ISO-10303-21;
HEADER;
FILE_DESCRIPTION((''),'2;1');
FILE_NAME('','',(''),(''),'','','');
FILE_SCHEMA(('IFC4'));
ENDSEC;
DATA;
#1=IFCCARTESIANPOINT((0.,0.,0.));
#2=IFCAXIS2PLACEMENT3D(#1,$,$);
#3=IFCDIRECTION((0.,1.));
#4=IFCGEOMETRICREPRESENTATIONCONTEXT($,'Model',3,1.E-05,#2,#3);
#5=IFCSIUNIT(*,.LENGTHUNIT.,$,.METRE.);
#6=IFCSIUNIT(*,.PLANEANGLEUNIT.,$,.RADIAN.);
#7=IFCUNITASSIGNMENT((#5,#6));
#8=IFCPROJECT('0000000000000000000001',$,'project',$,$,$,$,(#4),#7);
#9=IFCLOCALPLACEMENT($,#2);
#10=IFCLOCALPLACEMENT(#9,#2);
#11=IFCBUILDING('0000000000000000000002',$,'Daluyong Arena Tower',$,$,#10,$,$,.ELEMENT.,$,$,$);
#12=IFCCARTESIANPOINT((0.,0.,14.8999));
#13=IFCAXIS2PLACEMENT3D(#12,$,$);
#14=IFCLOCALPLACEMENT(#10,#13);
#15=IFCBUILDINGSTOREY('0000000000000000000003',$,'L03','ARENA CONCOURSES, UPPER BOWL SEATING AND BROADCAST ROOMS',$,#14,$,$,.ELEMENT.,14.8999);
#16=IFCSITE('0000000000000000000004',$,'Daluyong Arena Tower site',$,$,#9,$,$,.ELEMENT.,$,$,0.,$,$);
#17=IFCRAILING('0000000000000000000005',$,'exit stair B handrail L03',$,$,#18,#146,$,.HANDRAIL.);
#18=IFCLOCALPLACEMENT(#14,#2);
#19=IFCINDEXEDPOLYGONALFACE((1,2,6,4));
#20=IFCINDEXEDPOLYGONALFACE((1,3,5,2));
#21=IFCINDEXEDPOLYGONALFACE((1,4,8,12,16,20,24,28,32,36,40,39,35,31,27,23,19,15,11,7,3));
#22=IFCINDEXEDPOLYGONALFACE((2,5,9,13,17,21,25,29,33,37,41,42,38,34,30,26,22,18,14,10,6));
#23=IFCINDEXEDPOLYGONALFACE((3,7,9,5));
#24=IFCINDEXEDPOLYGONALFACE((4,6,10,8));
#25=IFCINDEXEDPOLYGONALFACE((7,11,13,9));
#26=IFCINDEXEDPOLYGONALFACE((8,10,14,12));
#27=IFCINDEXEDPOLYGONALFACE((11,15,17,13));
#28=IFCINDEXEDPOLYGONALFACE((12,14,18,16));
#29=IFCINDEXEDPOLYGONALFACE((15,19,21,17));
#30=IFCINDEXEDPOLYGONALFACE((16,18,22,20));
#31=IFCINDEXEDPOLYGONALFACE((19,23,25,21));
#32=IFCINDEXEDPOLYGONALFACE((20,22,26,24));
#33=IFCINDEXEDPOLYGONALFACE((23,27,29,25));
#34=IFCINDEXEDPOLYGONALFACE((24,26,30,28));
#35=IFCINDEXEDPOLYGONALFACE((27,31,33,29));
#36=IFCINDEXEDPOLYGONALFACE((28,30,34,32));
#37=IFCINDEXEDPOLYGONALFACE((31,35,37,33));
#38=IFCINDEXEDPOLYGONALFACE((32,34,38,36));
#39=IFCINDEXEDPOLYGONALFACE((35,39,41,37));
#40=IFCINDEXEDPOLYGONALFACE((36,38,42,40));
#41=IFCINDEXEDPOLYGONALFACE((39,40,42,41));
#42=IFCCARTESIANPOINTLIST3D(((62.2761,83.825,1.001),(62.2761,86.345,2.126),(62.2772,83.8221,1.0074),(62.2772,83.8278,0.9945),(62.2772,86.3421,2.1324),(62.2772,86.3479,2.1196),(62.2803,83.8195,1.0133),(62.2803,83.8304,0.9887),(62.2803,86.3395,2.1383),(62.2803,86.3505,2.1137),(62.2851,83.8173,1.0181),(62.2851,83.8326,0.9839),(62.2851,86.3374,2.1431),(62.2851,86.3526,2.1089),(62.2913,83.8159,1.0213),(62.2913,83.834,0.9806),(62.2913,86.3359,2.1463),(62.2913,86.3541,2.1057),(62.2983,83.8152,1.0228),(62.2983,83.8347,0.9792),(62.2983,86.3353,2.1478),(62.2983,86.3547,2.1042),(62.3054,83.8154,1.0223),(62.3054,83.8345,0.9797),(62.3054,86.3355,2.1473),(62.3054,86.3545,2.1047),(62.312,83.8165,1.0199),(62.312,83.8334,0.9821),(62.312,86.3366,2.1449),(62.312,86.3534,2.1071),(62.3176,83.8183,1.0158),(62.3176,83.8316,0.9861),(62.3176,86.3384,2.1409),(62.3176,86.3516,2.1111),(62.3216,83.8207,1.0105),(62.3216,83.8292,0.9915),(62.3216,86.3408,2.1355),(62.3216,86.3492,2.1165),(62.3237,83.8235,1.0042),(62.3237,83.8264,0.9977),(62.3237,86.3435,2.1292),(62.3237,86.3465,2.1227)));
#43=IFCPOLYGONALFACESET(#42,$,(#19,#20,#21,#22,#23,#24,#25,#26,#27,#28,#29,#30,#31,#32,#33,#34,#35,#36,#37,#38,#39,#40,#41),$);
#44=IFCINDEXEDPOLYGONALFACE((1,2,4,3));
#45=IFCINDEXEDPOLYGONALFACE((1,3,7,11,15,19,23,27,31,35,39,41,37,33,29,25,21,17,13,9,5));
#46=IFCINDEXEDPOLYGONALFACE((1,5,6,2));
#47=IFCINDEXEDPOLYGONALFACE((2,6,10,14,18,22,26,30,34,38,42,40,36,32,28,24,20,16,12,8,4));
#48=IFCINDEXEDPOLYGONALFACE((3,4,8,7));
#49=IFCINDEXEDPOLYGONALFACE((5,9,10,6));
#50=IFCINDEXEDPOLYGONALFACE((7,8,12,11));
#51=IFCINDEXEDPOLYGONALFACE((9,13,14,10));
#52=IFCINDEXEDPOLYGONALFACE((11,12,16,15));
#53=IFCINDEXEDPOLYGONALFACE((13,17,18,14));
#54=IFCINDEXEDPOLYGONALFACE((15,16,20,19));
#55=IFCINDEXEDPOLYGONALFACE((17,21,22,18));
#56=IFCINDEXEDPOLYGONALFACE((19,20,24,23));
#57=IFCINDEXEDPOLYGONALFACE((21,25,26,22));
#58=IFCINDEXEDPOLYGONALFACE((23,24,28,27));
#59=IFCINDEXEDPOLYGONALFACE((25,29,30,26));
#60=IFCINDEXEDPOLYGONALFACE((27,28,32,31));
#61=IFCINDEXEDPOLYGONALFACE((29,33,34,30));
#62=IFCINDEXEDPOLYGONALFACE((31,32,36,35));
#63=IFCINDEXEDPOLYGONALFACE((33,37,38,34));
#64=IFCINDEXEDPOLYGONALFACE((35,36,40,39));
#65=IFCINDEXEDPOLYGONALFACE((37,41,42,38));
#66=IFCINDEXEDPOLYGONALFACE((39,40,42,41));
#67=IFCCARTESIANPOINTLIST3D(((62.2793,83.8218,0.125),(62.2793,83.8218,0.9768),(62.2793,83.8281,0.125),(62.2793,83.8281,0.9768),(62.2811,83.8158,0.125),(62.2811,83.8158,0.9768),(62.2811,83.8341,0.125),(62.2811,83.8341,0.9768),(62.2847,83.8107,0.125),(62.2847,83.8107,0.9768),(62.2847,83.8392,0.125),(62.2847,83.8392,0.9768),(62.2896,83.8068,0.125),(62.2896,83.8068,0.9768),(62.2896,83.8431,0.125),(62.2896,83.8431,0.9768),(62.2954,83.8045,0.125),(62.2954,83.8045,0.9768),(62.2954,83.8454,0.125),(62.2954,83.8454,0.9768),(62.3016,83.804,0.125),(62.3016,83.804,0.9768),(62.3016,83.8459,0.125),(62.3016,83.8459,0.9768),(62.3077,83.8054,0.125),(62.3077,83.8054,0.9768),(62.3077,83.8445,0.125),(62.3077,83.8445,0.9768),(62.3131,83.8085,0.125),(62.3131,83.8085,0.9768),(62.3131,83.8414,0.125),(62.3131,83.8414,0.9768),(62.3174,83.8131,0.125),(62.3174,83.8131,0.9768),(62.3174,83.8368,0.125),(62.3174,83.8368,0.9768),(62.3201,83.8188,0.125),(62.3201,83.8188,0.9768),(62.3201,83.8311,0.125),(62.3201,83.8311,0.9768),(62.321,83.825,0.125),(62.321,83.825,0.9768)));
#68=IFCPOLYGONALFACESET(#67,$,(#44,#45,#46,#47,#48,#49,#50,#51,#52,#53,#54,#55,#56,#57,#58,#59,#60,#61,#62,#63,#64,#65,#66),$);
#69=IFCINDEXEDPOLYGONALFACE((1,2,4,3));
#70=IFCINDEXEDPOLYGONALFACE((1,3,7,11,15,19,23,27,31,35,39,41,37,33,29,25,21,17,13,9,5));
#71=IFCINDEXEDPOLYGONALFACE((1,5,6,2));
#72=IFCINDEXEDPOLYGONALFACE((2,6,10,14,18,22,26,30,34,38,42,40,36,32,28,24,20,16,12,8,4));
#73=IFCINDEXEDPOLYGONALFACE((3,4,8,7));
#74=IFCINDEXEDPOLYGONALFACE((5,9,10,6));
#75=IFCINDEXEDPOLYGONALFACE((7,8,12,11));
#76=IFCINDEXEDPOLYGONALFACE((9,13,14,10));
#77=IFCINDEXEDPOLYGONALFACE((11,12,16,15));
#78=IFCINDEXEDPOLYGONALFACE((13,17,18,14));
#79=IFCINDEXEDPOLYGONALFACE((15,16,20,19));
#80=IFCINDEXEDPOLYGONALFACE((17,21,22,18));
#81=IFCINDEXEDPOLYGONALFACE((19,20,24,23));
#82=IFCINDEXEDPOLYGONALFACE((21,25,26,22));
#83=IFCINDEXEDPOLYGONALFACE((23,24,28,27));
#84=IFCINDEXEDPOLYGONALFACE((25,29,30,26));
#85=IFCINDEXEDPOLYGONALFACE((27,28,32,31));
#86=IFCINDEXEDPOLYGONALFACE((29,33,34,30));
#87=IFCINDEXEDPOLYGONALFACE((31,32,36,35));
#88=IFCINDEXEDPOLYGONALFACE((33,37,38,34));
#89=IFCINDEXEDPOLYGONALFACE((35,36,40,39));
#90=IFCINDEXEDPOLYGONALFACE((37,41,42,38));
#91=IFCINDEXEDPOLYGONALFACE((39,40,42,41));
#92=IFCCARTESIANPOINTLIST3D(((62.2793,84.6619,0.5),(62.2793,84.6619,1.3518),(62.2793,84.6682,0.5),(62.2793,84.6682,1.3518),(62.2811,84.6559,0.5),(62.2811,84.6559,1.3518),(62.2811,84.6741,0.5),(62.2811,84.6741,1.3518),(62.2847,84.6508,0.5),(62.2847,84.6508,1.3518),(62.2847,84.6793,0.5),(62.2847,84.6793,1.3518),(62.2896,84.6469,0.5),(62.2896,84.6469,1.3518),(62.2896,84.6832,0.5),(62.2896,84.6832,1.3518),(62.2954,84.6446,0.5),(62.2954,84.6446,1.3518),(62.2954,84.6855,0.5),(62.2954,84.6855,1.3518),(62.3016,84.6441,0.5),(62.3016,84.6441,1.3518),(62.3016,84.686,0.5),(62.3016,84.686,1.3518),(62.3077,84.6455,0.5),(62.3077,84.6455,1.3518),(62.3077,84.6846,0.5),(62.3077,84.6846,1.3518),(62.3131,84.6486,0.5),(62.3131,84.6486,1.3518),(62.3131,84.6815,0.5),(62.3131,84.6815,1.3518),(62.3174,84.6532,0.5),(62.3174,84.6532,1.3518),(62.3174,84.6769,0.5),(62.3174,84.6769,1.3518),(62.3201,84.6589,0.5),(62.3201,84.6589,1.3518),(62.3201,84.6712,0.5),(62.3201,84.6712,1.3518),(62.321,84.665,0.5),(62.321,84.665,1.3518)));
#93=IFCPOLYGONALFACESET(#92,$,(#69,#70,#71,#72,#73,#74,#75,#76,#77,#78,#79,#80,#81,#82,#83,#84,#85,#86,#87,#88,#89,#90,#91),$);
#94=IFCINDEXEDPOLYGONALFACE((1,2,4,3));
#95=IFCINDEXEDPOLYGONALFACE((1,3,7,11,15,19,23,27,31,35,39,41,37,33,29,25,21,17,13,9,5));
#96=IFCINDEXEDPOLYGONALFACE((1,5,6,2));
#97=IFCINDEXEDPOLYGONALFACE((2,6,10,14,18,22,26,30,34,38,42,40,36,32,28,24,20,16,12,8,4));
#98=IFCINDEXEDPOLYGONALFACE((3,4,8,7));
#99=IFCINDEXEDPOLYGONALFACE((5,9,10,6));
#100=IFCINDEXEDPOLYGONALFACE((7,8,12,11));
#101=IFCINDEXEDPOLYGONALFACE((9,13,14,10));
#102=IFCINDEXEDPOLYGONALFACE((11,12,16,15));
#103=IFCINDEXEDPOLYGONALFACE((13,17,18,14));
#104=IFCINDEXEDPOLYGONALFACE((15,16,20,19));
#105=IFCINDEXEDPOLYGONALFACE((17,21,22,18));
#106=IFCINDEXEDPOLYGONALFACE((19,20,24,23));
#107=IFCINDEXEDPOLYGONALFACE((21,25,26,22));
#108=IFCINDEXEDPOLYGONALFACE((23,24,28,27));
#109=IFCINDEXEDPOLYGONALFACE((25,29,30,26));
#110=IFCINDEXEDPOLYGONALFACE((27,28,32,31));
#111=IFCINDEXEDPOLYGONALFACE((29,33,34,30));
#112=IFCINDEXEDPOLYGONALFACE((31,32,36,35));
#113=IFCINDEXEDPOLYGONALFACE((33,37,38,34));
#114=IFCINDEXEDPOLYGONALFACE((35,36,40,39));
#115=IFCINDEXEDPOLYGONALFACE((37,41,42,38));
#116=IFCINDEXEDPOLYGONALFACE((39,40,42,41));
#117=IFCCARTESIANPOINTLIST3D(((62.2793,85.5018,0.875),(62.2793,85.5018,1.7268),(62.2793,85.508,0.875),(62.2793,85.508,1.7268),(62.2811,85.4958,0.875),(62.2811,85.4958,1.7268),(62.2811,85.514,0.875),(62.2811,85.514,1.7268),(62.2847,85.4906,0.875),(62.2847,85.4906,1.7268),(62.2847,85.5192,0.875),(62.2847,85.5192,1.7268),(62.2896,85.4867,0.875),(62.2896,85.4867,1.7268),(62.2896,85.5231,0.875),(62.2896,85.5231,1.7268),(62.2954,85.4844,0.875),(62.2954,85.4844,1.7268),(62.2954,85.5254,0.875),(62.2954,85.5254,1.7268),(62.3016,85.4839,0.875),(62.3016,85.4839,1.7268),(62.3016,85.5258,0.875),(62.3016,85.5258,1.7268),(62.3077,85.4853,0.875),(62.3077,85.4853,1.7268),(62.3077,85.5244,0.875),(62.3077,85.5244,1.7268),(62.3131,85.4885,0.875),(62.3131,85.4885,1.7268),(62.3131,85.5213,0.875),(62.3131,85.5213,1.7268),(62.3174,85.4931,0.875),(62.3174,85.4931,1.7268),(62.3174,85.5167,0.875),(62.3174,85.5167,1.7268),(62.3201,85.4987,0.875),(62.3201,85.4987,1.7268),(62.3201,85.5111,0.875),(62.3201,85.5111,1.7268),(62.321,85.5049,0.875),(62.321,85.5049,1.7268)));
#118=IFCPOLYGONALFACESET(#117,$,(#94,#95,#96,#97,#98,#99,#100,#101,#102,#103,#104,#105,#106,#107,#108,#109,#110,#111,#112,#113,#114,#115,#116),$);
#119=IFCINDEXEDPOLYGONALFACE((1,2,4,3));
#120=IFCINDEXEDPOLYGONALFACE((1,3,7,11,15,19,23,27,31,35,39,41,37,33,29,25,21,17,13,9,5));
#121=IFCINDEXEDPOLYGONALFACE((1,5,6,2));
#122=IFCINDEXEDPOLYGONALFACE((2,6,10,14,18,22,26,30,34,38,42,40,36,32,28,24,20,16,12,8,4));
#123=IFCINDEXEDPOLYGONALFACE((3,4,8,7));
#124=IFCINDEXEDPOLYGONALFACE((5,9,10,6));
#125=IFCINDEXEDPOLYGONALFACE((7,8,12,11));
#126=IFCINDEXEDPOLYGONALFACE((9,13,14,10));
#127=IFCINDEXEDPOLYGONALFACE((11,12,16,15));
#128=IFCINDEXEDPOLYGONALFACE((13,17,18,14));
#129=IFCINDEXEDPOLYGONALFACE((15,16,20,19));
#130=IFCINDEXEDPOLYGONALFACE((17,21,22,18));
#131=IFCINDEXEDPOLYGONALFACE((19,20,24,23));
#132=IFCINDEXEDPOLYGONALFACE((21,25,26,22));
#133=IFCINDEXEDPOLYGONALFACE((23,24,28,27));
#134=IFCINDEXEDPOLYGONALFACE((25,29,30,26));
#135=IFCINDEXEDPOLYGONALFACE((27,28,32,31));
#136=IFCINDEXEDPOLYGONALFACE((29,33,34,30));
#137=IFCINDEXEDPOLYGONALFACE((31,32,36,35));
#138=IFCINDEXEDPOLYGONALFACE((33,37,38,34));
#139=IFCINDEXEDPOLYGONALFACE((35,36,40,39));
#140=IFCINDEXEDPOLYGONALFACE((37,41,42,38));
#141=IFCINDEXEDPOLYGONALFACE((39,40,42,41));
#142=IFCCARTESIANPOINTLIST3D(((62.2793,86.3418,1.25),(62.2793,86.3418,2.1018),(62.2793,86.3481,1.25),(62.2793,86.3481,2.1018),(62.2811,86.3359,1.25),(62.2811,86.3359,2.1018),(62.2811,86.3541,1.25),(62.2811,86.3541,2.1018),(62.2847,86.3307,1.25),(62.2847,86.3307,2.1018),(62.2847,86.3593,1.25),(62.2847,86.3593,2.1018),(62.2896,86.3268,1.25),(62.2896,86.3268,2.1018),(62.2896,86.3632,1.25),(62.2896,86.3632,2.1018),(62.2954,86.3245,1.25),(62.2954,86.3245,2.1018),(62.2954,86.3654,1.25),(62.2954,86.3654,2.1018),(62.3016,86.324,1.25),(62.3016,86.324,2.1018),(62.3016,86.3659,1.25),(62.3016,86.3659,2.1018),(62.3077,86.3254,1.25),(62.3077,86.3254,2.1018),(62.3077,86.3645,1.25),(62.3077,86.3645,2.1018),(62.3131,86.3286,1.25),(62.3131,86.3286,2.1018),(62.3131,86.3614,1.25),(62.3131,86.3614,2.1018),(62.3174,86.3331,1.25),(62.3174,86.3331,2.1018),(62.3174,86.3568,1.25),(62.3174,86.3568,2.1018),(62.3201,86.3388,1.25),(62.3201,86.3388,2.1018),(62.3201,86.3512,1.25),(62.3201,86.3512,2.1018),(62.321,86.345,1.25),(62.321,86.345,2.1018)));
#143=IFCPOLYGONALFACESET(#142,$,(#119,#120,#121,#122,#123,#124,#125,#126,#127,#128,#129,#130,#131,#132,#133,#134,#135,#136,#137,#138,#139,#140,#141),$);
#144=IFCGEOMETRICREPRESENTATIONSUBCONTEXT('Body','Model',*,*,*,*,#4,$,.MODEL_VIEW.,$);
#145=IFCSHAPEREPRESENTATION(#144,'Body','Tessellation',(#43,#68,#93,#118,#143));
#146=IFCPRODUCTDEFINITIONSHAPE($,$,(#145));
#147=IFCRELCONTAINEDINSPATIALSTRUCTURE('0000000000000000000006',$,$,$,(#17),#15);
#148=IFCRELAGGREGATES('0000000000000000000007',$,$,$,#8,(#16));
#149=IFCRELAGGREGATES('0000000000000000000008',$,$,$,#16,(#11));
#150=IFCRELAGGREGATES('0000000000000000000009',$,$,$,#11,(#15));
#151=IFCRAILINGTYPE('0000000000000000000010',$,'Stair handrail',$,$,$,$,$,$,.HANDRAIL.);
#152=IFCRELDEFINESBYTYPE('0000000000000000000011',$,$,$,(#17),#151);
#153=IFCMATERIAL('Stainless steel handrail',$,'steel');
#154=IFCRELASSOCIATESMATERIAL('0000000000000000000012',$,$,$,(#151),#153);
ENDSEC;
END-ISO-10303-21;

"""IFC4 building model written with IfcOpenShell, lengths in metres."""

from ifc_helpers import new_model, si_unit, direction, frame, origin, origin_2d, place, context, subcontext, project, spatial, circle, extrude, material, type_object, element, save


model = new_model("IFC4")

# Units and contexts
model_context = context("Model", 3, precision=1e-05, world=origin(), true_north=direction((0.0, 1.0)))
body_context = subcontext(model_context, "Body", "Model", "MODEL_VIEW")
ifc_project = project(units=[si_unit("LENGTHUNIT", "METRE"), si_unit("PLANEANGLEUNIT", "RADIAN")], contexts=[model_context])

# Site, building, storey
site_placement = place(None, origin())
site = spatial("IfcSite", under=ifc_project, at=site_placement, Name="Daluyong Arena Tower site", CompositionType="ELEMENT", RefElevation=0.0)
building_placement = place(site_placement, origin())
building = spatial("IfcBuilding", under=site, at=building_placement, Name="Daluyong Arena Tower", CompositionType="ELEMENT")
storey_placement = place(building_placement, frame((0.0, 0.0, 14.8999)))
storey = spatial("IfcBuildingStorey", under=building, at=storey_placement, Name="L03", Description="ARENA CONCOURSES, UPPER BOWL SEATING AND BROADCAST ROOMS", CompositionType="ELEMENT", Elevation=14.8999)

# Railing
ifc_material_1 = material(Name="Stainless steel handrail", Category="steel")
railing_type_1 = type_object("IfcRailingType", Name="Stair handrail", PredefinedType="HANDRAIL", material=ifc_material_1)
railing_placement = place(storey_placement, frame((62.3, 83.825, 0.125)))
element("IfcRailing", 1, at=railing_placement, inside=storey, type_object=railing_type_1, Name="exit stair B handrail L03", PredefinedType="HANDRAIL", context=body_context, shape_type="SweptSolid", body=[
    extrude(circle(Radius=0.0239, at=origin_2d()), frame((0.0, 0.0, 0.876), z_axis=(0.0, 0.913139, 0.407648), x_axis=(-1.0, 0.0, 0.0)), (0.0, 0.0, 1.0), 2.7598),
    extrude(circle(Radius=0.021, at=origin_2d()), origin(), (0.0, 0.0, 1.0), 0.8518),
    extrude(circle(Radius=0.021, at=origin_2d()), frame((0.0, 0.8401, 0.375)), (0.0, 0.0, 1.0), 0.8518),
    extrude(circle(Radius=0.021, at=origin_2d()), frame((0.0, 1.6799, 0.75)), (0.0, 0.0, 1.0), 0.8518),
    extrude(circle(Radius=0.021, at=origin_2d()), frame((0.0, 2.52, 1.125)), (0.0, 0.0, 1.0), 0.8518),
])

save(model, "model.ifc")
